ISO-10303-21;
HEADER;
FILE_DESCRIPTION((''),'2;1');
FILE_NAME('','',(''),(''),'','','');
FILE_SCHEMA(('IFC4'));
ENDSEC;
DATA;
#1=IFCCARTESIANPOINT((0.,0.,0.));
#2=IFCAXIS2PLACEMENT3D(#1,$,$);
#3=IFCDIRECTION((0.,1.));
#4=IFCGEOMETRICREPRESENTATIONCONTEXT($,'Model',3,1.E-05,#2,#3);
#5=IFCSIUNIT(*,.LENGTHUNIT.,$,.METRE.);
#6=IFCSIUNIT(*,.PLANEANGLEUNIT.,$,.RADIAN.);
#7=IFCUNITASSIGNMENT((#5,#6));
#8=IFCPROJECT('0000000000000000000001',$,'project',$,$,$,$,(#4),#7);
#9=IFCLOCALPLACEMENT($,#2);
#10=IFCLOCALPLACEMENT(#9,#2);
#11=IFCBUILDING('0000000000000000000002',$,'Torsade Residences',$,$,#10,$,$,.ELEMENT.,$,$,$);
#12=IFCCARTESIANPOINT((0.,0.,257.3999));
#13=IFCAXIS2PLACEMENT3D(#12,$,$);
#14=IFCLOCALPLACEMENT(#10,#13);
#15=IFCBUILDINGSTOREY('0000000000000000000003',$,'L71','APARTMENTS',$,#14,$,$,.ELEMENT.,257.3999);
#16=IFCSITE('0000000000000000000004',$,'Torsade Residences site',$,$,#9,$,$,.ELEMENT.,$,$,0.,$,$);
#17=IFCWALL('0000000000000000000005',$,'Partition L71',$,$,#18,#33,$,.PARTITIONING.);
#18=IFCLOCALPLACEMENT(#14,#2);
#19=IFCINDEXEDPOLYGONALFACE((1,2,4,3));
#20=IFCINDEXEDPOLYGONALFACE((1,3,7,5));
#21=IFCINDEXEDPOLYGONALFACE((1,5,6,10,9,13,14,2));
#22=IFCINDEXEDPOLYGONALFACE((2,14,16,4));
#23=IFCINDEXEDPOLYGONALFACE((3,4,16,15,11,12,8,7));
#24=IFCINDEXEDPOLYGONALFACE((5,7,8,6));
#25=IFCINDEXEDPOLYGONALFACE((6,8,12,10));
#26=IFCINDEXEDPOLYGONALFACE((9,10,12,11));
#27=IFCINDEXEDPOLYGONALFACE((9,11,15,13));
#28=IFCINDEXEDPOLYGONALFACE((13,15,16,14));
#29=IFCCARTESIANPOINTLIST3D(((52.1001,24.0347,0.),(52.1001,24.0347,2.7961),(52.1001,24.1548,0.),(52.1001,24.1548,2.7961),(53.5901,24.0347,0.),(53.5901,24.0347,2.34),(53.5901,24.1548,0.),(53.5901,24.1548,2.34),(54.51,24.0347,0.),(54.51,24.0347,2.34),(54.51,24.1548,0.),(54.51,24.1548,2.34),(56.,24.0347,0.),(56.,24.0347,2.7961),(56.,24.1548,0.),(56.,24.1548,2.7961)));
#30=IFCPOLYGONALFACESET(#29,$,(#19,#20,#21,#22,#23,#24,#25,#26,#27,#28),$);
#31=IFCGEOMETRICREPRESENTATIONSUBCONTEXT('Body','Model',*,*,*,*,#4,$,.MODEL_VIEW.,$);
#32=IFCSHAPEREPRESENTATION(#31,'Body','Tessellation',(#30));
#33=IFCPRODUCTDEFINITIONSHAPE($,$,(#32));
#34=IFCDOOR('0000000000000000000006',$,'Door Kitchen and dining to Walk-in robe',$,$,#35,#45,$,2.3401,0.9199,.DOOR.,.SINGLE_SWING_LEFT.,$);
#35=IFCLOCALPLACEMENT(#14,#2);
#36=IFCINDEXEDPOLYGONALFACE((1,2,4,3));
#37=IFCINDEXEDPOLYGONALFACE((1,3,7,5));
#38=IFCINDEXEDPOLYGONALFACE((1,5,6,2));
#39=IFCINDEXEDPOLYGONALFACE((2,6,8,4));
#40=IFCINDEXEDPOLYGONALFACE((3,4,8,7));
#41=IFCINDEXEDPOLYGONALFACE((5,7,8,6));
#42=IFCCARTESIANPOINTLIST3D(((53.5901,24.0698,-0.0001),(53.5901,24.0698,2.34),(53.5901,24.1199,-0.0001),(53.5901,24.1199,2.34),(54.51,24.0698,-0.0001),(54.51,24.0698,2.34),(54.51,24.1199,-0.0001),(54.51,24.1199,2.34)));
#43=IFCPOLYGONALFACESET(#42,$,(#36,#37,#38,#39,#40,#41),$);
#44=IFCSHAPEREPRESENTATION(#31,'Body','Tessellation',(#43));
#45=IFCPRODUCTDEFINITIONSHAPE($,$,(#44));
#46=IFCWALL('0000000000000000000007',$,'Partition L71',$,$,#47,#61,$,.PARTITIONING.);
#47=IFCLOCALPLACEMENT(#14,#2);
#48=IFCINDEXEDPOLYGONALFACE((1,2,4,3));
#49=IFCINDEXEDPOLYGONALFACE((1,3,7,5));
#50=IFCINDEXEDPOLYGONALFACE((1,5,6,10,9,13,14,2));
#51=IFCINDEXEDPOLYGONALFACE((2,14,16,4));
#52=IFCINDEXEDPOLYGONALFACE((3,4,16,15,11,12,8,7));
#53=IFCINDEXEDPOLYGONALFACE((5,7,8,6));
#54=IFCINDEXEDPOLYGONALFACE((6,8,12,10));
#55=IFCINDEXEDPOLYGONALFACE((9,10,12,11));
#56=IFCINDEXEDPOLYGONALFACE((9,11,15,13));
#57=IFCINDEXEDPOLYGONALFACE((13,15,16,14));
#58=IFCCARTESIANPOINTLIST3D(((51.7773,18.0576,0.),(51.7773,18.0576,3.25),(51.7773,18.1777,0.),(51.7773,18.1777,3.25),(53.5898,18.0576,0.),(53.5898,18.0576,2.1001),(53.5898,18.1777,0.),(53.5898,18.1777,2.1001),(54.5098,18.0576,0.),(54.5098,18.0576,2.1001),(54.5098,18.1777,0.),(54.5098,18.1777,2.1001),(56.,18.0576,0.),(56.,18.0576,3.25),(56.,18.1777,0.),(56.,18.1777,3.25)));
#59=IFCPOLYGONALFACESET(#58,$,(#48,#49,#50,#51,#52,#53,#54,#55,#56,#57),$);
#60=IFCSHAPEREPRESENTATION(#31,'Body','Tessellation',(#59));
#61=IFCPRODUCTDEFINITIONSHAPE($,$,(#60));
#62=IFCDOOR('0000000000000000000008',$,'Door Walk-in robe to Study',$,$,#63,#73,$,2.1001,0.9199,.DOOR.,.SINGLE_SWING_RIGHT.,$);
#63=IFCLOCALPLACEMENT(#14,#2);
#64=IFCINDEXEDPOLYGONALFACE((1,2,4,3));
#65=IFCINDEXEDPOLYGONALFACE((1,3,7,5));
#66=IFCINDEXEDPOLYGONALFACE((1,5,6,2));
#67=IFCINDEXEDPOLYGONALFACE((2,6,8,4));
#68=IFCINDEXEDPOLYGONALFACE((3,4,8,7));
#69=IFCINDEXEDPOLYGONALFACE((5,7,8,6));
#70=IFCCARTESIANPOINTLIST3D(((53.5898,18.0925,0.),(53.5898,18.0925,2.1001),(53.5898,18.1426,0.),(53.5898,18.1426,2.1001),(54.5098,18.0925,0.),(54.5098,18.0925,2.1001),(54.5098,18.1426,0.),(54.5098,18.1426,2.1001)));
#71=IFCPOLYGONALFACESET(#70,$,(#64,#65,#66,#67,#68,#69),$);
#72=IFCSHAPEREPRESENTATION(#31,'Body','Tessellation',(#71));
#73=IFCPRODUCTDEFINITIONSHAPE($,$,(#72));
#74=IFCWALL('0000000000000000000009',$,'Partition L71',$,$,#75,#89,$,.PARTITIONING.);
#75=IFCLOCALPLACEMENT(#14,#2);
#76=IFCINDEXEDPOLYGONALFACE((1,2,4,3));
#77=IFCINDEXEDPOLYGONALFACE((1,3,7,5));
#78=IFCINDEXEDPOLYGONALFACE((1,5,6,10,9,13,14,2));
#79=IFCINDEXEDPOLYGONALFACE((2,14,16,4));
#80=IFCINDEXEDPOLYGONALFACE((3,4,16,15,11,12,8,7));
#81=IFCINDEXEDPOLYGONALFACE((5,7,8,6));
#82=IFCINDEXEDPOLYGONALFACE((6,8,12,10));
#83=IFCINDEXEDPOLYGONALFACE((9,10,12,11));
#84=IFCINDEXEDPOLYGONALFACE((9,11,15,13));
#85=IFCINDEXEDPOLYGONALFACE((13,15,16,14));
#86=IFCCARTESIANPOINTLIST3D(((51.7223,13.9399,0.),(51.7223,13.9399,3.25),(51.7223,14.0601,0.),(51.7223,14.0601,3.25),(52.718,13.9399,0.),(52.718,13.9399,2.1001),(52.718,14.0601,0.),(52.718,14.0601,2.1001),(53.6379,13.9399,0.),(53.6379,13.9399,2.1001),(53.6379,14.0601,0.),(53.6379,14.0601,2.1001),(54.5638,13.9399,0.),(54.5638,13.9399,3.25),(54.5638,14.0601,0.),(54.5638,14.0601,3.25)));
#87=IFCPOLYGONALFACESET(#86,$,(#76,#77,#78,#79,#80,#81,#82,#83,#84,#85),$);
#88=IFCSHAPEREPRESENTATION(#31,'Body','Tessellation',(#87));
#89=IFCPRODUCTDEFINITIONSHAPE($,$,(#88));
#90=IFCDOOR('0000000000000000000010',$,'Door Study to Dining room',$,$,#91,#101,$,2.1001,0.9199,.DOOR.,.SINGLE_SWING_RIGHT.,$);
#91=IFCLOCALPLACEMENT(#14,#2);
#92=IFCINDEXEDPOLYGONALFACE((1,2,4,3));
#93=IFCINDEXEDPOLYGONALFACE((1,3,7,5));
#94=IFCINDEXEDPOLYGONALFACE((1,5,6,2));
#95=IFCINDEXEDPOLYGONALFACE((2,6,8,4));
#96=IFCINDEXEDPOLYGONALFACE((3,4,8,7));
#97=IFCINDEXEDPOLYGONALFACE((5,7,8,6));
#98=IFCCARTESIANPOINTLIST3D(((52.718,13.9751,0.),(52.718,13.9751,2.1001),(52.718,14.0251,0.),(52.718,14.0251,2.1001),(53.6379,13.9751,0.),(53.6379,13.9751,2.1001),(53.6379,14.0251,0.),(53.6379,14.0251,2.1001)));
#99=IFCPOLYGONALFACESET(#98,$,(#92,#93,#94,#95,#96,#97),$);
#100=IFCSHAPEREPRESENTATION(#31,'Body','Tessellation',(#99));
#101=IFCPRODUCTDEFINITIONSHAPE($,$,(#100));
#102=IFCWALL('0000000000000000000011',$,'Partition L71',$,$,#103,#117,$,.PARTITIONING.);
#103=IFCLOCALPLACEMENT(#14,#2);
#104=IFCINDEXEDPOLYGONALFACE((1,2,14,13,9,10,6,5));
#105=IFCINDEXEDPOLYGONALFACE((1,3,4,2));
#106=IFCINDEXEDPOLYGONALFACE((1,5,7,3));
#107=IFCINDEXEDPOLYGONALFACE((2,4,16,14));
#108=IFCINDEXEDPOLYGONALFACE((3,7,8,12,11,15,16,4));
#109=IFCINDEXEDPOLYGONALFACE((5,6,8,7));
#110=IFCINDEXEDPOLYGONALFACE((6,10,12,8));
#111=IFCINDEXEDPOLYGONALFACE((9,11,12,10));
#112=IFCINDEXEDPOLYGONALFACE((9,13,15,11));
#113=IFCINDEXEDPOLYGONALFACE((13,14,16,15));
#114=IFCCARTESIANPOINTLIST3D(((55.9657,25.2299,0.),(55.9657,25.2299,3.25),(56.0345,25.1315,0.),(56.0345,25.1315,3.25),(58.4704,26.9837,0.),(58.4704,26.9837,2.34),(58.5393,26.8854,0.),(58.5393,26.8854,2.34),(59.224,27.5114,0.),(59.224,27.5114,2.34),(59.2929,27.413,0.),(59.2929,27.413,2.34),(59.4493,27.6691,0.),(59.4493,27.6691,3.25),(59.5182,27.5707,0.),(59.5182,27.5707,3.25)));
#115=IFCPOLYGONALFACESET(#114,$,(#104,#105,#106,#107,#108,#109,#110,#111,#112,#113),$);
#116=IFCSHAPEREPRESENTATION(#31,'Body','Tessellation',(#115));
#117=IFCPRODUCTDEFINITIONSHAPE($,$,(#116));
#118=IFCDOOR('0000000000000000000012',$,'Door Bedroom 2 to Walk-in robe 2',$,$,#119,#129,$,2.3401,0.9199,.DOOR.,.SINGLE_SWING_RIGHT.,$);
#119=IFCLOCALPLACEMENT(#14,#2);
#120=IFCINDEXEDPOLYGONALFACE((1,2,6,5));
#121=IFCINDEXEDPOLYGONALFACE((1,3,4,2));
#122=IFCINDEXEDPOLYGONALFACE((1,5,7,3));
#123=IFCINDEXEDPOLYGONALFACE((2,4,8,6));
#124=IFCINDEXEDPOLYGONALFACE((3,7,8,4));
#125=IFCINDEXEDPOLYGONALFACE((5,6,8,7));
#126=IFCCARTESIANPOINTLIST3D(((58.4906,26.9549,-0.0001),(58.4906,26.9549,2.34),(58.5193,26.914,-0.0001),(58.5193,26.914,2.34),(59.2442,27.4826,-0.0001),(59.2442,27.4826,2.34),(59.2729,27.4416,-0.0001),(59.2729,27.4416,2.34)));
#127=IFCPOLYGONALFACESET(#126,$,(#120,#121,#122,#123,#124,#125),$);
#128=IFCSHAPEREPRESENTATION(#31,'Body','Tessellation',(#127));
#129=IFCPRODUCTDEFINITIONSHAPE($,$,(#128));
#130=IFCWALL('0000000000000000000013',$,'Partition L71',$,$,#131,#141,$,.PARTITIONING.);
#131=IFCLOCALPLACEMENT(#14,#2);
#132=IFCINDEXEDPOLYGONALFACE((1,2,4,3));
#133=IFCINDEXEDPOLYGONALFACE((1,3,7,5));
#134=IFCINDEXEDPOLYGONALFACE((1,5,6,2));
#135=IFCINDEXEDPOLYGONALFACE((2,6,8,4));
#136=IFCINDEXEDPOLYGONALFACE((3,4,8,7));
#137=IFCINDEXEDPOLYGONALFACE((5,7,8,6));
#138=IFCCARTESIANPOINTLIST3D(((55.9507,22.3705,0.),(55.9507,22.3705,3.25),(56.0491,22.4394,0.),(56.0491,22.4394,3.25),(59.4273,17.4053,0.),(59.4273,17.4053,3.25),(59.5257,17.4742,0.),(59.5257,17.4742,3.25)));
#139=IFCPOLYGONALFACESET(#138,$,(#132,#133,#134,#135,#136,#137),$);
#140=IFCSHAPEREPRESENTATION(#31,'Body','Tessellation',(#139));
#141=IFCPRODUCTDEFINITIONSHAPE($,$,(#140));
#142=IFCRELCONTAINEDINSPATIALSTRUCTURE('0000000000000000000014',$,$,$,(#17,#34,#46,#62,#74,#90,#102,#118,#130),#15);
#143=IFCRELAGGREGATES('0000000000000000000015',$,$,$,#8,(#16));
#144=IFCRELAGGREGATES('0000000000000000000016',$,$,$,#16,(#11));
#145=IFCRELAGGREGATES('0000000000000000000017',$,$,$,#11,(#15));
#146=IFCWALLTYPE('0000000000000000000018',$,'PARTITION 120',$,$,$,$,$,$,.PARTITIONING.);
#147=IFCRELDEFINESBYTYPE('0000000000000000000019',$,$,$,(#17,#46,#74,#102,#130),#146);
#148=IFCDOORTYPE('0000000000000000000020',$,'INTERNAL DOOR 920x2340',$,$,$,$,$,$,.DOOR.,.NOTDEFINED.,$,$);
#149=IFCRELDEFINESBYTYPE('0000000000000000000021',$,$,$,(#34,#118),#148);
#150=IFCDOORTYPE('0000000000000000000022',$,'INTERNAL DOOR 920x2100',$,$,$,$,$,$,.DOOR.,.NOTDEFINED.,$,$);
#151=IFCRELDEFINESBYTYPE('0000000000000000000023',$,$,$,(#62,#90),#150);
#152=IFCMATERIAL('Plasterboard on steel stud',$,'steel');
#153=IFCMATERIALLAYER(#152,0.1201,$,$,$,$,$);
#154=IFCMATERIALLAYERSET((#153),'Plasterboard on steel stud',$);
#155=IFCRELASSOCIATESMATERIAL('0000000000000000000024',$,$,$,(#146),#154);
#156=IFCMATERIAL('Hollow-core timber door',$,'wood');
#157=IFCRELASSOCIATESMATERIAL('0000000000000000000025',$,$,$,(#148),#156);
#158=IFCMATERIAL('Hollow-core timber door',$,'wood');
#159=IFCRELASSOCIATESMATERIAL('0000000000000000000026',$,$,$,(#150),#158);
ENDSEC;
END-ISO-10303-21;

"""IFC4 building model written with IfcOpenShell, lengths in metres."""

from ifc_helpers import new_model, si_unit, direction, frame, frame_2d, origin, place, context, subcontext, project, spatial, rectangle, extrude, material, layer, layer_set, type_object, element, fill, save


model = new_model("IFC4")

# Units and contexts
model_context = context("Model", 3, precision=1e-05, world=origin(), true_north=direction((0.0, 1.0)))
body_context = subcontext(model_context, "Body", "Model", "MODEL_VIEW")
ifc_project = project(units=[si_unit("LENGTHUNIT", "METRE"), si_unit("PLANEANGLEUNIT", "RADIAN")], contexts=[model_context])

# Site, building, storey
site_placement = place(None, origin())
site = spatial("IfcSite", under=ifc_project, at=site_placement, Name="Torsade Residences site", CompositionType="ELEMENT", RefElevation=0.0)
building_placement = place(site_placement, origin())
building = spatial("IfcBuilding", under=site, at=building_placement, Name="Torsade Residences", CompositionType="ELEMENT")
storey_placement = place(building_placement, frame((0.0, 0.0, 257.3999)))
storey = spatial("IfcBuildingStorey", under=building, at=storey_placement, Name="L71", Description="APARTMENTS", CompositionType="ELEMENT", Elevation=257.3999)

# Walls, openings, doors
ifc_material_1 = material(Name="Plasterboard on steel stud", Category="steel")
ifc_layer_1 = layer(ifc_material_1, 0.1201)
ifc_layer_set_1 = layer_set([ifc_layer_1], Name="Plasterboard on steel stud")
wall_type_1 = type_object("IfcWallType", Name="PARTITION 120", PredefinedType="PARTITIONING", material=ifc_layer_set_1)
wall_1_placement = place(storey_placement, frame((56.0, 24.0947, 0.0), z_axis=(0.0, 0.0, 1.0), x_axis=(-1.0, 0.0, 0.0)))
wall_1 = element("IfcWall", 1, at=wall_1_placement, inside=storey, type_object=wall_type_1, Name="Partition L71", PredefinedType="PARTITIONING", context=body_context, shape_type="SweptSolid", body=[
    extrude(rectangle(XDim=3.8999, YDim=0.1201, at=frame_2d((1.95, 0.0))), origin(), (0.0, 0.0, 1.0), 2.7961),
])
opening_1_placement = place(wall_1_placement, frame((1.49, 0.0, 0.0)))
opening_1 = element("IfcOpeningElement", 2, at=opening_1_placement, cuts=wall_1, PredefinedType="OPENING", context=body_context, shape_type="SweptSolid", body=[
    extrude(rectangle(XDim=0.9199, YDim=2.3401, at=frame_2d((0.46, 1.1699))), frame((0.0, 0.0701, 0.0), z_axis=(0.0, -1.0, 0.0), x_axis=(1.0, 0.0, 0.0)), (0.0, 0.0, 1.0), 0.1401),
])
ifc_material_2 = material(Name="Hollow-core timber door", Category="wood")
door_type_1 = type_object("IfcDoorType", Name="INTERNAL DOOR 920x2340", OperationType="NOTDEFINED", PredefinedType="DOOR", material=ifc_material_2)
door_1_placement = place(opening_1_placement, origin())
door_1 = element("IfcDoor", 3, at=door_1_placement, inside=storey, type_object=door_type_1, Name="Door Kitchen and dining to Walk-in robe", OperationType="SINGLE_SWING_LEFT", OverallHeight=2.3401, OverallWidth=0.9199, PredefinedType="DOOR", context=body_context, shape_type="SweptSolid", body=[
    extrude(rectangle(XDim=0.9199, YDim=2.3401, at=frame_2d((0.46, 1.1699))), frame((0.0, 0.0249, 0.0), z_axis=(0.0, -1.0, 0.0), x_axis=(1.0, 0.0, 0.0)), (0.0, 0.0, 1.0), 0.05),
])
fill(opening_1, door_1)
wall_2_placement = place(storey_placement, frame((51.7773, 18.1177, 0.0), z_axis=(0.0, 0.0, 1.0), x_axis=(1.0, 0.0, 0.0)))
wall_2 = element("IfcWall", 4, at=wall_2_placement, inside=storey, type_object=wall_type_1, Name="Partition L71", PredefinedType="PARTITIONING", context=body_context, shape_type="SweptSolid", body=[
    extrude(rectangle(XDim=4.2227, YDim=0.1201, at=frame_2d((2.1113, 0.0))), origin(), (0.0, 0.0, 1.0), 3.25),
])
opening_2_placement = place(wall_2_placement, frame((1.8125, 0.0, 0.0)))
opening_2 = element("IfcOpeningElement", 5, at=opening_2_placement, cuts=wall_2, PredefinedType="OPENING", context=body_context, shape_type="SweptSolid", body=[
    extrude(rectangle(XDim=0.9199, YDim=2.1001, at=frame_2d((0.46, 1.05))), frame((0.0, 0.0701, 0.0), z_axis=(0.0, -1.0, 0.0), x_axis=(1.0, 0.0, 0.0)), (0.0, 0.0, 1.0), 0.1401),
])
ifc_material_3 = material(Name="Hollow-core timber door", Category="wood")
door_type_2 = type_object("IfcDoorType", Name="INTERNAL DOOR 920x2100", OperationType="NOTDEFINED", PredefinedType="DOOR", material=ifc_material_3)
door_2_placement = place(opening_2_placement, origin())
door_2 = element("IfcDoor", 6, at=door_2_placement, inside=storey, type_object=door_type_2, Name="Door Walk-in robe to Study", OperationType="SINGLE_SWING_RIGHT", OverallHeight=2.1001, OverallWidth=0.9199, PredefinedType="DOOR", context=body_context, shape_type="SweptSolid", body=[
    extrude(rectangle(XDim=0.9199, YDim=2.1001, at=frame_2d((0.46, 1.05))), frame((0.0, 0.0249, 0.0), z_axis=(0.0, -1.0, 0.0), x_axis=(1.0, 0.0, 0.0)), (0.0, 0.0, 1.0), 0.05),
])
fill(opening_2, door_2)
wall_3_placement = place(storey_placement, frame((54.564, 14.0, 0.0), z_axis=(0.0, 0.0, 1.0), x_axis=(-1.0, 0.0, 0.0)))
wall_3 = element("IfcWall", 7, at=wall_3_placement, inside=storey, type_object=wall_type_1, Name="Partition L71", PredefinedType="PARTITIONING", context=body_context, shape_type="SweptSolid", body=[
    extrude(rectangle(XDim=2.8416, YDim=0.1201, at=frame_2d((1.4209, 0.0))), origin(), (0.0, 0.0, 1.0), 3.25),
])
opening_3_placement = place(wall_3_placement, frame((0.926, 0.0, 0.0)))
opening_3 = element("IfcOpeningElement", 8, at=opening_3_placement, cuts=wall_3, PredefinedType="OPENING", context=body_context, shape_type="SweptSolid", body=[
    extrude(rectangle(XDim=0.9199, YDim=2.1001, at=frame_2d((0.46, 1.05))), frame((0.0, 0.0701, 0.0), z_axis=(0.0, -1.0, 0.0), x_axis=(1.0, 0.0, 0.0)), (0.0, 0.0, 1.0), 0.1401),
])
door_3_placement = place(opening_3_placement, origin())
door_3 = element("IfcDoor", 9, at=door_3_placement, inside=storey, type_object=door_type_2, Name="Door Study to Dining room", OperationType="SINGLE_SWING_RIGHT", OverallHeight=2.1001, OverallWidth=0.9199, PredefinedType="DOOR", context=body_context, shape_type="SweptSolid", body=[
    extrude(rectangle(XDim=0.9199, YDim=2.1001, at=frame_2d((0.46, 1.05))), frame((0.0, 0.0249, 0.0), z_axis=(0.0, -1.0, 0.0), x_axis=(1.0, 0.0, 0.0)), (0.0, 0.0, 1.0), 0.05),
])
fill(opening_3, door_3)
wall_4_placement = place(storey_placement, frame((56.0, 25.1807, 0.0), z_axis=(0.0, 0.0, 1.0), x_axis=(0.819159, 0.573566, 0.0)))
wall_4 = element("IfcWall", 10, at=wall_4_placement, inside=storey, type_object=wall_type_1, Name="Partition L71", PredefinedType="PARTITIONING", context=body_context, shape_type="SweptSolid", body=[
    extrude(rectangle(XDim=4.2527, YDim=0.1201, at=frame_2d((2.1265, 0.0))), origin(), (0.0, 0.0, 1.0), 3.25),
])
opening_4_placement = place(wall_4_placement, frame((3.0579, 0.0, 0.0)))
opening_4 = element("IfcOpeningElement", 11, at=opening_4_placement, cuts=wall_4, PredefinedType="OPENING", context=body_context, shape_type="SweptSolid", body=[
    extrude(rectangle(XDim=0.9199, YDim=2.3401, at=frame_2d((0.46, 1.1699))), frame((0.0, 0.0701, 0.0), z_axis=(0.0, -1.0, 0.0), x_axis=(1.0, 0.0, 0.0)), (0.0, 0.0, 1.0), 0.1401),
])
door_4_placement = place(opening_4_placement, origin())
door_4 = element("IfcDoor", 12, at=door_4_placement, inside=storey, type_object=door_type_1, Name="Door Bedroom 2 to Walk-in robe 2", OperationType="SINGLE_SWING_RIGHT", OverallHeight=2.3401, OverallWidth=0.9199, PredefinedType="DOOR", context=body_context, shape_type="SweptSolid", body=[
    extrude(rectangle(XDim=0.9199, YDim=2.3401, at=frame_2d((0.46, 1.1699))), frame((0.0, 0.0249, 0.0), z_axis=(0.0, -1.0, 0.0), x_axis=(1.0, 0.0, 0.0)), (0.0, 0.0, 1.0), 0.05),
])
fill(opening_4, door_4)

# Wall
wall_5_placement = place(storey_placement, frame((59.4766, 17.4397, 0.0), z_axis=(0.0, 0.0, 1.0), x_axis=(-0.573573, 0.819154, 0.0)))
element("IfcWall", 13, at=wall_5_placement, inside=storey, type_object=wall_type_1, Name="Partition L71", PredefinedType="PARTITIONING", context=body_context, shape_type="SweptSolid", body=[
    extrude(rectangle(XDim=6.0613, YDim=0.1201, at=frame_2d((3.0308, 0.0))), origin(), (0.0, 0.0, 1.0), 3.25),
])

save(model, "model.ifc")
